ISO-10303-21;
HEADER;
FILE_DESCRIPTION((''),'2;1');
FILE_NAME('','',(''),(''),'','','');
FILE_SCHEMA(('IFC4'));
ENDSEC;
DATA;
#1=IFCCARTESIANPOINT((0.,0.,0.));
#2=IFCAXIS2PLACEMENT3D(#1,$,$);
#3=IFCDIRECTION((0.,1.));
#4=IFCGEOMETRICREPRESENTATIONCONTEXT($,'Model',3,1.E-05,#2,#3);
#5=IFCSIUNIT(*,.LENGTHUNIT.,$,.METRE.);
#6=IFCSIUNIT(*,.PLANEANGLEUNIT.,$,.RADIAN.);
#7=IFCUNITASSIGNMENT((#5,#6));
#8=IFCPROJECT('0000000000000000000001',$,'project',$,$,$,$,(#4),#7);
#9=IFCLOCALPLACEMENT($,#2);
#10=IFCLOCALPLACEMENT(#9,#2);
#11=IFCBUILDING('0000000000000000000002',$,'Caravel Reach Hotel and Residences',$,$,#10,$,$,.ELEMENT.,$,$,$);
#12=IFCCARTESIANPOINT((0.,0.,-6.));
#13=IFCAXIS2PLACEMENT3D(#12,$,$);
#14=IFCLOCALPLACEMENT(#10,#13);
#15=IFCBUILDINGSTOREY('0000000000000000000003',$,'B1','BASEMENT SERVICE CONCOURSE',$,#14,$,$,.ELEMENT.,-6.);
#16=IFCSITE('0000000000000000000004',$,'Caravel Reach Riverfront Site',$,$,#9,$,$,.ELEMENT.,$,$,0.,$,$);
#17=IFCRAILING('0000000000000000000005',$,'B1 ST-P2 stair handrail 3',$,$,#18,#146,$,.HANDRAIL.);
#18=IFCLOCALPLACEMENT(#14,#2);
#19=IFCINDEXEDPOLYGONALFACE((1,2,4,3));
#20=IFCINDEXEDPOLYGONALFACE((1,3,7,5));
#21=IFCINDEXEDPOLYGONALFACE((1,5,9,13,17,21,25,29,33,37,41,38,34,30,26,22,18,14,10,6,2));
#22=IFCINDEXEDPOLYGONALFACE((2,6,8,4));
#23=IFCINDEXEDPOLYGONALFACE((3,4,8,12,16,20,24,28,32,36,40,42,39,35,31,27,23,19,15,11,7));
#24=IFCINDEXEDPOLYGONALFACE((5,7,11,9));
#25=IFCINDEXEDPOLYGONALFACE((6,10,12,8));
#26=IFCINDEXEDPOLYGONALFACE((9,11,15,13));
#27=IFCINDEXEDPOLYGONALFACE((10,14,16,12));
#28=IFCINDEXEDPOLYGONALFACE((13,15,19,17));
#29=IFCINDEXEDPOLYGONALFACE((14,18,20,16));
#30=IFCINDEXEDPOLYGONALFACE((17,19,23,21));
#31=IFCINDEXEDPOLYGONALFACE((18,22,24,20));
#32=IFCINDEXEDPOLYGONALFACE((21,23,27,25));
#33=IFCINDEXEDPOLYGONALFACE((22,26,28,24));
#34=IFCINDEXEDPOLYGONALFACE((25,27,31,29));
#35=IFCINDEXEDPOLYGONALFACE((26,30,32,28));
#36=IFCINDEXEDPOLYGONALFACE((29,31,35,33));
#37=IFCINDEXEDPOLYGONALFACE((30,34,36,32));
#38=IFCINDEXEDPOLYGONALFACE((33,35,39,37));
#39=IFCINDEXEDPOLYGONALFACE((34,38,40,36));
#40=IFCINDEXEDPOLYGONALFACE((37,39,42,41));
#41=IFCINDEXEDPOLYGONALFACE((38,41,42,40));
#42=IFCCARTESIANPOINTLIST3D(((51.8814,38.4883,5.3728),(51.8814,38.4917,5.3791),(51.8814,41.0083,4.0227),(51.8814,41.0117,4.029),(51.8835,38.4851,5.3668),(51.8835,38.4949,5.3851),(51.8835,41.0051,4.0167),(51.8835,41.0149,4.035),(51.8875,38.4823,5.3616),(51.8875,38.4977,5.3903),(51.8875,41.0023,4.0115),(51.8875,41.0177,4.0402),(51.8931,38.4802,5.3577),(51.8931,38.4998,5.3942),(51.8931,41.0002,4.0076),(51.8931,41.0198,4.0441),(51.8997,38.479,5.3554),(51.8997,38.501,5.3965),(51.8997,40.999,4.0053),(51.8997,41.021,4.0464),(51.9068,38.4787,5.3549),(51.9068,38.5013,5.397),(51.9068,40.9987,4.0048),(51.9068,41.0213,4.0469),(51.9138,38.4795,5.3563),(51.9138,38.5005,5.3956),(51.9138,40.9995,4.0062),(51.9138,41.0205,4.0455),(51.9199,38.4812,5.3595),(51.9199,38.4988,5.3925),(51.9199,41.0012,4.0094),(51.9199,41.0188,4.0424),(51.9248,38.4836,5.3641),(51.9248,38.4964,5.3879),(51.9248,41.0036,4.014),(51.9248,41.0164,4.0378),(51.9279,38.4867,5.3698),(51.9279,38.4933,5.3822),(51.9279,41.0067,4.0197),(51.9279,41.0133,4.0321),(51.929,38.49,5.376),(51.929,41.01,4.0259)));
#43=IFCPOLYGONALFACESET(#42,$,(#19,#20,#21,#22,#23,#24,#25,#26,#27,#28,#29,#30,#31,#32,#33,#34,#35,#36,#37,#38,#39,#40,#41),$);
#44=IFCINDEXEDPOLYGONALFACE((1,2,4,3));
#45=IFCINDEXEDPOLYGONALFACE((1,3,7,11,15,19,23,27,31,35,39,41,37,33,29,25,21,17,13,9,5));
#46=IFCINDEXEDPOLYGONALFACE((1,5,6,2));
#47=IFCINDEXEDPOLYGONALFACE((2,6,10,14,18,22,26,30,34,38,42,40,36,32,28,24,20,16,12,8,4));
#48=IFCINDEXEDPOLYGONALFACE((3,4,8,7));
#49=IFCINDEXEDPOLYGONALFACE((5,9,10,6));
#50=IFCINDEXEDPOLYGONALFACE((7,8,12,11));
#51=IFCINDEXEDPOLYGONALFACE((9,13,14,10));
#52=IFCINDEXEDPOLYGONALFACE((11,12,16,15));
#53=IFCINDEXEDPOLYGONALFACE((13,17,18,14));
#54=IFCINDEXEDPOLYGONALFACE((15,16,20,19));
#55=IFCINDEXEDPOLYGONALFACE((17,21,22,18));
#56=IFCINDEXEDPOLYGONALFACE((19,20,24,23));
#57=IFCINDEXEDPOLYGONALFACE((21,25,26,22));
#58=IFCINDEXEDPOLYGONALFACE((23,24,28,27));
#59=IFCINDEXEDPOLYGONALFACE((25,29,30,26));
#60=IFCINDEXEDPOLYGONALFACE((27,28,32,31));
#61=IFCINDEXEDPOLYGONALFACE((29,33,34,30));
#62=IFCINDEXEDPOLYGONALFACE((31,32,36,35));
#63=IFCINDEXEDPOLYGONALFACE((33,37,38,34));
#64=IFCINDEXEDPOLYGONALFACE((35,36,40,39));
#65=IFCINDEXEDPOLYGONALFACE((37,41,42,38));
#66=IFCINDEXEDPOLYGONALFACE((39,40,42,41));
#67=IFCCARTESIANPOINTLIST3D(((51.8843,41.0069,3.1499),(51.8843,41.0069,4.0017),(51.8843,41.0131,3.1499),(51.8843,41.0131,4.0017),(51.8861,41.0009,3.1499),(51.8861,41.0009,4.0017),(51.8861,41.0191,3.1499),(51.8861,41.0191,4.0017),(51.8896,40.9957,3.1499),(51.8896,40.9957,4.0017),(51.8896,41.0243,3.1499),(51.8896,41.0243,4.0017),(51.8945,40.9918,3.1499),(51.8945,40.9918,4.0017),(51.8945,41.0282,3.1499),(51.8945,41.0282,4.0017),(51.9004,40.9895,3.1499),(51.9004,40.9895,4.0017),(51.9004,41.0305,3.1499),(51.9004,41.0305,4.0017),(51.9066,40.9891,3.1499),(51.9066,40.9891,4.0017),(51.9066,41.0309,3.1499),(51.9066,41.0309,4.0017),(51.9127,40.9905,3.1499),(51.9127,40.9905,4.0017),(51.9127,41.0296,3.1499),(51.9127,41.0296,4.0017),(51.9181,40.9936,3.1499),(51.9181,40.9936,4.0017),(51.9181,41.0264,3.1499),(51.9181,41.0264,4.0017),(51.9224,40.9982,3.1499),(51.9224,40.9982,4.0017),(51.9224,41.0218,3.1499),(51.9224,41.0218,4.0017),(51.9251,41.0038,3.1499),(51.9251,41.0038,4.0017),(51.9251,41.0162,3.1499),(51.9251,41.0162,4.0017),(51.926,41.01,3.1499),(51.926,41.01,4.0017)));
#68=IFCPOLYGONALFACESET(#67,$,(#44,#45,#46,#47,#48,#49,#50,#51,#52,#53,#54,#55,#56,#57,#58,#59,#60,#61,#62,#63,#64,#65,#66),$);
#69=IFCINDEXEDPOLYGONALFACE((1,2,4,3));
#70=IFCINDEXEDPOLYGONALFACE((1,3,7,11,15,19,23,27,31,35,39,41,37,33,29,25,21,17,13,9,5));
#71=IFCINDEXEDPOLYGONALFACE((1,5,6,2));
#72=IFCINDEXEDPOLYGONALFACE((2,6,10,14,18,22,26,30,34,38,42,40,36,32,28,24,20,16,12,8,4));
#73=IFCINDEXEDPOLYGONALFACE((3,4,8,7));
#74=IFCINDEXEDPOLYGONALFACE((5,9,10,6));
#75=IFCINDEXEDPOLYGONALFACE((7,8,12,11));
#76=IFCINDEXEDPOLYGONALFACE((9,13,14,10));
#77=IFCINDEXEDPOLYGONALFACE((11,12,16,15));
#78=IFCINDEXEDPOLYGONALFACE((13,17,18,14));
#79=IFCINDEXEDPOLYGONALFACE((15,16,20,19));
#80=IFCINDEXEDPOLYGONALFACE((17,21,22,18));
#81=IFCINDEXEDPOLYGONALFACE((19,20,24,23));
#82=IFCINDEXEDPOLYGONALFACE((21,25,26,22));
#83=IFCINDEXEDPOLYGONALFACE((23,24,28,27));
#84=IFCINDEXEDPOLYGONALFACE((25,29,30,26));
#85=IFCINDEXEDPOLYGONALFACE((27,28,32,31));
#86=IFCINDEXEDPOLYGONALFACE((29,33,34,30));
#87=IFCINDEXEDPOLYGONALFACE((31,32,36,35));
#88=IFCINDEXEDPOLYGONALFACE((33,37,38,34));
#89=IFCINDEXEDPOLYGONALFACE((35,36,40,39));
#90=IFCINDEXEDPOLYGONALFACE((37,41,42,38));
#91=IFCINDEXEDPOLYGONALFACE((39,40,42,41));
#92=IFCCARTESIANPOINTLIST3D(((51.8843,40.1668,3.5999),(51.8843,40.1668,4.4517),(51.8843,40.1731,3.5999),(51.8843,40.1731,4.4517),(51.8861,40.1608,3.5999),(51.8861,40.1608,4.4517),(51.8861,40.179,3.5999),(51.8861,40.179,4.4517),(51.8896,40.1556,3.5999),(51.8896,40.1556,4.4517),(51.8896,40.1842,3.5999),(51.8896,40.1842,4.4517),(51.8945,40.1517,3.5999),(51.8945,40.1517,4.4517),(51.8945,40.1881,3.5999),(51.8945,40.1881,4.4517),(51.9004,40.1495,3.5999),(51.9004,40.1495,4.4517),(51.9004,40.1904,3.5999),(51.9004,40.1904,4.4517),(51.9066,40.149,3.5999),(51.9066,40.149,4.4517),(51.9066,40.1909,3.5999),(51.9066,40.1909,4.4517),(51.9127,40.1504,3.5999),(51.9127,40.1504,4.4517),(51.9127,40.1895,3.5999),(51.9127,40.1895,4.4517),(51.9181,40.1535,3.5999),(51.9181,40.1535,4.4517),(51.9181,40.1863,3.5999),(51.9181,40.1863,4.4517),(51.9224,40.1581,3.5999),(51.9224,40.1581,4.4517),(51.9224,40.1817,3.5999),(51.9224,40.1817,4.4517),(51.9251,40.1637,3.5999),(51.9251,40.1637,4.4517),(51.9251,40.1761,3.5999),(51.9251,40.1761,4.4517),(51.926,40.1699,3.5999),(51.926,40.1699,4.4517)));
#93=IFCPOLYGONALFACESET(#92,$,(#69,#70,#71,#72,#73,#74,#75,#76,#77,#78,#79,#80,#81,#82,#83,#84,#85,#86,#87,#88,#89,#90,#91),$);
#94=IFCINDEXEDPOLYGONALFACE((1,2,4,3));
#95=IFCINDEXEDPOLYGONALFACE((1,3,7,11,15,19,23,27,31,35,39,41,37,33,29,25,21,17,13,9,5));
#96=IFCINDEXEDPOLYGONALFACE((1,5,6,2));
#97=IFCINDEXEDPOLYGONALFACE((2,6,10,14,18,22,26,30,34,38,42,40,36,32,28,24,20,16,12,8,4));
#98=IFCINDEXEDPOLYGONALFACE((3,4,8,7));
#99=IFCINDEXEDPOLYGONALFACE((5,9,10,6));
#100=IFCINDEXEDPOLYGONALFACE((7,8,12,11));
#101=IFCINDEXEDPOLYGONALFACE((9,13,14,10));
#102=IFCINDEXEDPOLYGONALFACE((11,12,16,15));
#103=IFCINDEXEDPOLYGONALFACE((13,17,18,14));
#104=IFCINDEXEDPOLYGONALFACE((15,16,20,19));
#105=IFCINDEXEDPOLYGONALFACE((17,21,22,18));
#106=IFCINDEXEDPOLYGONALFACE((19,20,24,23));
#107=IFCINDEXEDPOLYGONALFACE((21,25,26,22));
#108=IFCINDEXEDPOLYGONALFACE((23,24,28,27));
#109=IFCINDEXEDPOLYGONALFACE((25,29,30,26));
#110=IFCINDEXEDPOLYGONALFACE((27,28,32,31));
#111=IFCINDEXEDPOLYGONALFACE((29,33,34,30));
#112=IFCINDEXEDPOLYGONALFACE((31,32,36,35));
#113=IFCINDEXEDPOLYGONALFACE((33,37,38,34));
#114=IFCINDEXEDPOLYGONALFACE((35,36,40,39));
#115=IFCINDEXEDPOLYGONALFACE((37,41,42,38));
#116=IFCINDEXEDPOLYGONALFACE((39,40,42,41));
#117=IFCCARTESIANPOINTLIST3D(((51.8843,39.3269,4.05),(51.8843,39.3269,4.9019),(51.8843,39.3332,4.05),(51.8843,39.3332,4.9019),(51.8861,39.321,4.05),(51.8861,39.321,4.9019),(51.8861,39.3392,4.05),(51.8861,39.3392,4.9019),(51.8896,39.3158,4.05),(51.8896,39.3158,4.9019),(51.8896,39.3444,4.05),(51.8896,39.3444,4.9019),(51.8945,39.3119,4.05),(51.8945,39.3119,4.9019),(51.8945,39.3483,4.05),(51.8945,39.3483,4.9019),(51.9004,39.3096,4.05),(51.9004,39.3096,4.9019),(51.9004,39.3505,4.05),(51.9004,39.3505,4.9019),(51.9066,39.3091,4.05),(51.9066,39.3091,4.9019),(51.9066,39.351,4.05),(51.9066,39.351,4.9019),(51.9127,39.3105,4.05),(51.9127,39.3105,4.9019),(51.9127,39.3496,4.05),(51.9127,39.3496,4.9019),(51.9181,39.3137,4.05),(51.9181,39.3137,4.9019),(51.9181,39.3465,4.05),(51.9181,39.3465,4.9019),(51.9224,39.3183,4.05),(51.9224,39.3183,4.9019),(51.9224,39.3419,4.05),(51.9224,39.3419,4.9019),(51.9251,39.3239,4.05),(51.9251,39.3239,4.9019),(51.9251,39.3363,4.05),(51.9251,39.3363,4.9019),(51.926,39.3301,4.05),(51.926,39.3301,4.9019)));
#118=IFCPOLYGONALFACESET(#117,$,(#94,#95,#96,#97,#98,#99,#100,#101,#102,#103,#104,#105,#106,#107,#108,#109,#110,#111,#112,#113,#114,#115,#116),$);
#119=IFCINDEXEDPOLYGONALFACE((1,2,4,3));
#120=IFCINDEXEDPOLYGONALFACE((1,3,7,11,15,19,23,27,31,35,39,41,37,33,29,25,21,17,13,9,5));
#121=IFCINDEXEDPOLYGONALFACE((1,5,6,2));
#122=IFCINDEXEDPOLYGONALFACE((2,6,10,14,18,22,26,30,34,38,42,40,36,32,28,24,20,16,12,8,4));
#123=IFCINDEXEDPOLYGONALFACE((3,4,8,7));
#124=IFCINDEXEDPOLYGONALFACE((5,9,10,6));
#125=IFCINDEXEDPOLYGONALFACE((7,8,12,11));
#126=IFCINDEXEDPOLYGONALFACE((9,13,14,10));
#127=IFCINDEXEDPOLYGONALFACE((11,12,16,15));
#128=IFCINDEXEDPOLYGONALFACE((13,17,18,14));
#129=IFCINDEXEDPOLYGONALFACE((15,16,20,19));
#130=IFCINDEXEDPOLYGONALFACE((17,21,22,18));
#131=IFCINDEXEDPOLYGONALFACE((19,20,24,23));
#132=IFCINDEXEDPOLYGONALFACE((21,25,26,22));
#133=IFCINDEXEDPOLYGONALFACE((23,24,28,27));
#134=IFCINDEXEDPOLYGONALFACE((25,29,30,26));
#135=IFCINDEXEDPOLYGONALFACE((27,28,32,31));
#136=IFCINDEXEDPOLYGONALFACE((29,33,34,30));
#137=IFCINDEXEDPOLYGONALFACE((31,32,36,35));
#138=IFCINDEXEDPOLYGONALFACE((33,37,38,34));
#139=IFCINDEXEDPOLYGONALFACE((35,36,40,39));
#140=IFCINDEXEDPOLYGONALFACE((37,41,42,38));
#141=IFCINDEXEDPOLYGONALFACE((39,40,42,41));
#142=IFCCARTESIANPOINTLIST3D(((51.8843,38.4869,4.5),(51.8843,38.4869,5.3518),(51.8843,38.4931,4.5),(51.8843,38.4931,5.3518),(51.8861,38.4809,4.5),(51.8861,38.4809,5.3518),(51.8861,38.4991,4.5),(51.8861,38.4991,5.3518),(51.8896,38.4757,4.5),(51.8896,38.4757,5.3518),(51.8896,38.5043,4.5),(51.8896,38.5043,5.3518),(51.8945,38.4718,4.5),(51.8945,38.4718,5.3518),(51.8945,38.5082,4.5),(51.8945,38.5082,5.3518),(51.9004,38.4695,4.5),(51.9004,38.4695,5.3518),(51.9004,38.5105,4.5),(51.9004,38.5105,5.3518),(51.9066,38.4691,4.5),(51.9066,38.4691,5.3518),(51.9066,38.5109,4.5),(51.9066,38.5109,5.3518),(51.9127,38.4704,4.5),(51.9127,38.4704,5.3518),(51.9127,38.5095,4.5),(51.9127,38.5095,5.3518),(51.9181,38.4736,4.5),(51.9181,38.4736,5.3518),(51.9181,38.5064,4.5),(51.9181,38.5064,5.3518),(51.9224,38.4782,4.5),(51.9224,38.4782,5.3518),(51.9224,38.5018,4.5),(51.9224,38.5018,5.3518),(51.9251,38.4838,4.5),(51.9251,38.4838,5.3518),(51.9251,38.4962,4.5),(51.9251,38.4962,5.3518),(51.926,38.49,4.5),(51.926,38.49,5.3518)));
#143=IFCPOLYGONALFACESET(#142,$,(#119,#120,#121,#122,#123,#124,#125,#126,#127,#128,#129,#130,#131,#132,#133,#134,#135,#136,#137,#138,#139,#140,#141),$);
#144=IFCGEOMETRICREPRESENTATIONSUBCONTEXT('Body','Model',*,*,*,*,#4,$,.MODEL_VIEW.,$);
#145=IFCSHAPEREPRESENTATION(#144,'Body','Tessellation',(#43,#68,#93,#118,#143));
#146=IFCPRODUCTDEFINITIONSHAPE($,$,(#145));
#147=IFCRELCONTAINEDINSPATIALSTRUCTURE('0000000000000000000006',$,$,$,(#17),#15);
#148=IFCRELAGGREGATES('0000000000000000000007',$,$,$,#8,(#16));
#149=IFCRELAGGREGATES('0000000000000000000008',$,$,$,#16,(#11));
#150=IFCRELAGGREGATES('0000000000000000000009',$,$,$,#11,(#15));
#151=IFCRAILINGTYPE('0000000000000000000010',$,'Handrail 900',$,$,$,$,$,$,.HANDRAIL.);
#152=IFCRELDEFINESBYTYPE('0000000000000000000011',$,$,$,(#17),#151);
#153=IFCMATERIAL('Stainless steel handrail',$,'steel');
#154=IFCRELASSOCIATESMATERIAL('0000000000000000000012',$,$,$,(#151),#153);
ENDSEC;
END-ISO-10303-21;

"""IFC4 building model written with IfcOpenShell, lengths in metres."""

from ifc_helpers import new_model, si_unit, direction, frame, origin, origin_2d, place, context, subcontext, project, spatial, circle, extrude, material, type_object, element, save


model = new_model("IFC4")

# Units and contexts
model_context = context("Model", 3, precision=1e-05, world=origin(), true_north=direction((0.0, 1.0)))
body_context = subcontext(model_context, "Body", "Model", "MODEL_VIEW")
ifc_project = project(units=[si_unit("LENGTHUNIT", "METRE"), si_unit("PLANEANGLEUNIT", "RADIAN")], contexts=[model_context])

# Site, building, storey
site_placement = place(None, origin())
site = spatial("IfcSite", under=ifc_project, at=site_placement, Name="Caravel Reach Riverfront Site", CompositionType="ELEMENT", RefElevation=0.0)
building_placement = place(site_placement, origin())
building = spatial("IfcBuilding", under=site, at=building_placement, Name="Caravel Reach Hotel and Residences", CompositionType="ELEMENT")
storey_placement = place(building_placement, frame((0.0, 0.0, -6.0)))
storey = spatial("IfcBuildingStorey", under=building, at=storey_placement, Name="B1", Description="BASEMENT SERVICE CONCOURSE", CompositionType="ELEMENT", Elevation=-6.0)

# Railing
ifc_material_1 = material(Name="Stainless steel handrail", Category="steel")
railing_type = type_object("IfcRailingType", Name="Handrail 900", PredefinedType="HANDRAIL", material=ifc_material_1)
for number, where, name in (
    (1, (51.905, 41.01, 3.1499), "B1 ST-P2 stair handrail 3"),
):
    element("IfcRailing", number, at=place(storey_placement, frame(where)), inside=storey, type_object=railing_type, Name=name, PredefinedType="HANDRAIL", context=body_context, shape_type="SweptSolid", body=[
        extrude(circle(Radius=0.0239, at=origin_2d()), frame((0.0, 0.0, 0.876), z_axis=(0.0, -0.881467, 0.472245), x_axis=(1.0, 0.0, 0.0)), (0.0, 0.0, 1.0), 2.8589),
        extrude(circle(Radius=0.021, at=origin_2d()), origin(), (0.0, 0.0, 1.0), 0.8518),
        extrude(circle(Radius=0.021, at=origin_2d()), frame((0.0, -0.8401, 0.45)), (0.0, 0.0, 1.0), 0.8518),
        extrude(circle(Radius=0.021, at=origin_2d()), frame((0.0, -1.6799, 0.9001)), (0.0, 0.0, 1.0), 0.8518),
        extrude(circle(Radius=0.021, at=origin_2d()), frame((0.0, -2.52, 1.3501)), (0.0, 0.0, 1.0), 0.8518),
    ])

save(model, "model.ifc")
